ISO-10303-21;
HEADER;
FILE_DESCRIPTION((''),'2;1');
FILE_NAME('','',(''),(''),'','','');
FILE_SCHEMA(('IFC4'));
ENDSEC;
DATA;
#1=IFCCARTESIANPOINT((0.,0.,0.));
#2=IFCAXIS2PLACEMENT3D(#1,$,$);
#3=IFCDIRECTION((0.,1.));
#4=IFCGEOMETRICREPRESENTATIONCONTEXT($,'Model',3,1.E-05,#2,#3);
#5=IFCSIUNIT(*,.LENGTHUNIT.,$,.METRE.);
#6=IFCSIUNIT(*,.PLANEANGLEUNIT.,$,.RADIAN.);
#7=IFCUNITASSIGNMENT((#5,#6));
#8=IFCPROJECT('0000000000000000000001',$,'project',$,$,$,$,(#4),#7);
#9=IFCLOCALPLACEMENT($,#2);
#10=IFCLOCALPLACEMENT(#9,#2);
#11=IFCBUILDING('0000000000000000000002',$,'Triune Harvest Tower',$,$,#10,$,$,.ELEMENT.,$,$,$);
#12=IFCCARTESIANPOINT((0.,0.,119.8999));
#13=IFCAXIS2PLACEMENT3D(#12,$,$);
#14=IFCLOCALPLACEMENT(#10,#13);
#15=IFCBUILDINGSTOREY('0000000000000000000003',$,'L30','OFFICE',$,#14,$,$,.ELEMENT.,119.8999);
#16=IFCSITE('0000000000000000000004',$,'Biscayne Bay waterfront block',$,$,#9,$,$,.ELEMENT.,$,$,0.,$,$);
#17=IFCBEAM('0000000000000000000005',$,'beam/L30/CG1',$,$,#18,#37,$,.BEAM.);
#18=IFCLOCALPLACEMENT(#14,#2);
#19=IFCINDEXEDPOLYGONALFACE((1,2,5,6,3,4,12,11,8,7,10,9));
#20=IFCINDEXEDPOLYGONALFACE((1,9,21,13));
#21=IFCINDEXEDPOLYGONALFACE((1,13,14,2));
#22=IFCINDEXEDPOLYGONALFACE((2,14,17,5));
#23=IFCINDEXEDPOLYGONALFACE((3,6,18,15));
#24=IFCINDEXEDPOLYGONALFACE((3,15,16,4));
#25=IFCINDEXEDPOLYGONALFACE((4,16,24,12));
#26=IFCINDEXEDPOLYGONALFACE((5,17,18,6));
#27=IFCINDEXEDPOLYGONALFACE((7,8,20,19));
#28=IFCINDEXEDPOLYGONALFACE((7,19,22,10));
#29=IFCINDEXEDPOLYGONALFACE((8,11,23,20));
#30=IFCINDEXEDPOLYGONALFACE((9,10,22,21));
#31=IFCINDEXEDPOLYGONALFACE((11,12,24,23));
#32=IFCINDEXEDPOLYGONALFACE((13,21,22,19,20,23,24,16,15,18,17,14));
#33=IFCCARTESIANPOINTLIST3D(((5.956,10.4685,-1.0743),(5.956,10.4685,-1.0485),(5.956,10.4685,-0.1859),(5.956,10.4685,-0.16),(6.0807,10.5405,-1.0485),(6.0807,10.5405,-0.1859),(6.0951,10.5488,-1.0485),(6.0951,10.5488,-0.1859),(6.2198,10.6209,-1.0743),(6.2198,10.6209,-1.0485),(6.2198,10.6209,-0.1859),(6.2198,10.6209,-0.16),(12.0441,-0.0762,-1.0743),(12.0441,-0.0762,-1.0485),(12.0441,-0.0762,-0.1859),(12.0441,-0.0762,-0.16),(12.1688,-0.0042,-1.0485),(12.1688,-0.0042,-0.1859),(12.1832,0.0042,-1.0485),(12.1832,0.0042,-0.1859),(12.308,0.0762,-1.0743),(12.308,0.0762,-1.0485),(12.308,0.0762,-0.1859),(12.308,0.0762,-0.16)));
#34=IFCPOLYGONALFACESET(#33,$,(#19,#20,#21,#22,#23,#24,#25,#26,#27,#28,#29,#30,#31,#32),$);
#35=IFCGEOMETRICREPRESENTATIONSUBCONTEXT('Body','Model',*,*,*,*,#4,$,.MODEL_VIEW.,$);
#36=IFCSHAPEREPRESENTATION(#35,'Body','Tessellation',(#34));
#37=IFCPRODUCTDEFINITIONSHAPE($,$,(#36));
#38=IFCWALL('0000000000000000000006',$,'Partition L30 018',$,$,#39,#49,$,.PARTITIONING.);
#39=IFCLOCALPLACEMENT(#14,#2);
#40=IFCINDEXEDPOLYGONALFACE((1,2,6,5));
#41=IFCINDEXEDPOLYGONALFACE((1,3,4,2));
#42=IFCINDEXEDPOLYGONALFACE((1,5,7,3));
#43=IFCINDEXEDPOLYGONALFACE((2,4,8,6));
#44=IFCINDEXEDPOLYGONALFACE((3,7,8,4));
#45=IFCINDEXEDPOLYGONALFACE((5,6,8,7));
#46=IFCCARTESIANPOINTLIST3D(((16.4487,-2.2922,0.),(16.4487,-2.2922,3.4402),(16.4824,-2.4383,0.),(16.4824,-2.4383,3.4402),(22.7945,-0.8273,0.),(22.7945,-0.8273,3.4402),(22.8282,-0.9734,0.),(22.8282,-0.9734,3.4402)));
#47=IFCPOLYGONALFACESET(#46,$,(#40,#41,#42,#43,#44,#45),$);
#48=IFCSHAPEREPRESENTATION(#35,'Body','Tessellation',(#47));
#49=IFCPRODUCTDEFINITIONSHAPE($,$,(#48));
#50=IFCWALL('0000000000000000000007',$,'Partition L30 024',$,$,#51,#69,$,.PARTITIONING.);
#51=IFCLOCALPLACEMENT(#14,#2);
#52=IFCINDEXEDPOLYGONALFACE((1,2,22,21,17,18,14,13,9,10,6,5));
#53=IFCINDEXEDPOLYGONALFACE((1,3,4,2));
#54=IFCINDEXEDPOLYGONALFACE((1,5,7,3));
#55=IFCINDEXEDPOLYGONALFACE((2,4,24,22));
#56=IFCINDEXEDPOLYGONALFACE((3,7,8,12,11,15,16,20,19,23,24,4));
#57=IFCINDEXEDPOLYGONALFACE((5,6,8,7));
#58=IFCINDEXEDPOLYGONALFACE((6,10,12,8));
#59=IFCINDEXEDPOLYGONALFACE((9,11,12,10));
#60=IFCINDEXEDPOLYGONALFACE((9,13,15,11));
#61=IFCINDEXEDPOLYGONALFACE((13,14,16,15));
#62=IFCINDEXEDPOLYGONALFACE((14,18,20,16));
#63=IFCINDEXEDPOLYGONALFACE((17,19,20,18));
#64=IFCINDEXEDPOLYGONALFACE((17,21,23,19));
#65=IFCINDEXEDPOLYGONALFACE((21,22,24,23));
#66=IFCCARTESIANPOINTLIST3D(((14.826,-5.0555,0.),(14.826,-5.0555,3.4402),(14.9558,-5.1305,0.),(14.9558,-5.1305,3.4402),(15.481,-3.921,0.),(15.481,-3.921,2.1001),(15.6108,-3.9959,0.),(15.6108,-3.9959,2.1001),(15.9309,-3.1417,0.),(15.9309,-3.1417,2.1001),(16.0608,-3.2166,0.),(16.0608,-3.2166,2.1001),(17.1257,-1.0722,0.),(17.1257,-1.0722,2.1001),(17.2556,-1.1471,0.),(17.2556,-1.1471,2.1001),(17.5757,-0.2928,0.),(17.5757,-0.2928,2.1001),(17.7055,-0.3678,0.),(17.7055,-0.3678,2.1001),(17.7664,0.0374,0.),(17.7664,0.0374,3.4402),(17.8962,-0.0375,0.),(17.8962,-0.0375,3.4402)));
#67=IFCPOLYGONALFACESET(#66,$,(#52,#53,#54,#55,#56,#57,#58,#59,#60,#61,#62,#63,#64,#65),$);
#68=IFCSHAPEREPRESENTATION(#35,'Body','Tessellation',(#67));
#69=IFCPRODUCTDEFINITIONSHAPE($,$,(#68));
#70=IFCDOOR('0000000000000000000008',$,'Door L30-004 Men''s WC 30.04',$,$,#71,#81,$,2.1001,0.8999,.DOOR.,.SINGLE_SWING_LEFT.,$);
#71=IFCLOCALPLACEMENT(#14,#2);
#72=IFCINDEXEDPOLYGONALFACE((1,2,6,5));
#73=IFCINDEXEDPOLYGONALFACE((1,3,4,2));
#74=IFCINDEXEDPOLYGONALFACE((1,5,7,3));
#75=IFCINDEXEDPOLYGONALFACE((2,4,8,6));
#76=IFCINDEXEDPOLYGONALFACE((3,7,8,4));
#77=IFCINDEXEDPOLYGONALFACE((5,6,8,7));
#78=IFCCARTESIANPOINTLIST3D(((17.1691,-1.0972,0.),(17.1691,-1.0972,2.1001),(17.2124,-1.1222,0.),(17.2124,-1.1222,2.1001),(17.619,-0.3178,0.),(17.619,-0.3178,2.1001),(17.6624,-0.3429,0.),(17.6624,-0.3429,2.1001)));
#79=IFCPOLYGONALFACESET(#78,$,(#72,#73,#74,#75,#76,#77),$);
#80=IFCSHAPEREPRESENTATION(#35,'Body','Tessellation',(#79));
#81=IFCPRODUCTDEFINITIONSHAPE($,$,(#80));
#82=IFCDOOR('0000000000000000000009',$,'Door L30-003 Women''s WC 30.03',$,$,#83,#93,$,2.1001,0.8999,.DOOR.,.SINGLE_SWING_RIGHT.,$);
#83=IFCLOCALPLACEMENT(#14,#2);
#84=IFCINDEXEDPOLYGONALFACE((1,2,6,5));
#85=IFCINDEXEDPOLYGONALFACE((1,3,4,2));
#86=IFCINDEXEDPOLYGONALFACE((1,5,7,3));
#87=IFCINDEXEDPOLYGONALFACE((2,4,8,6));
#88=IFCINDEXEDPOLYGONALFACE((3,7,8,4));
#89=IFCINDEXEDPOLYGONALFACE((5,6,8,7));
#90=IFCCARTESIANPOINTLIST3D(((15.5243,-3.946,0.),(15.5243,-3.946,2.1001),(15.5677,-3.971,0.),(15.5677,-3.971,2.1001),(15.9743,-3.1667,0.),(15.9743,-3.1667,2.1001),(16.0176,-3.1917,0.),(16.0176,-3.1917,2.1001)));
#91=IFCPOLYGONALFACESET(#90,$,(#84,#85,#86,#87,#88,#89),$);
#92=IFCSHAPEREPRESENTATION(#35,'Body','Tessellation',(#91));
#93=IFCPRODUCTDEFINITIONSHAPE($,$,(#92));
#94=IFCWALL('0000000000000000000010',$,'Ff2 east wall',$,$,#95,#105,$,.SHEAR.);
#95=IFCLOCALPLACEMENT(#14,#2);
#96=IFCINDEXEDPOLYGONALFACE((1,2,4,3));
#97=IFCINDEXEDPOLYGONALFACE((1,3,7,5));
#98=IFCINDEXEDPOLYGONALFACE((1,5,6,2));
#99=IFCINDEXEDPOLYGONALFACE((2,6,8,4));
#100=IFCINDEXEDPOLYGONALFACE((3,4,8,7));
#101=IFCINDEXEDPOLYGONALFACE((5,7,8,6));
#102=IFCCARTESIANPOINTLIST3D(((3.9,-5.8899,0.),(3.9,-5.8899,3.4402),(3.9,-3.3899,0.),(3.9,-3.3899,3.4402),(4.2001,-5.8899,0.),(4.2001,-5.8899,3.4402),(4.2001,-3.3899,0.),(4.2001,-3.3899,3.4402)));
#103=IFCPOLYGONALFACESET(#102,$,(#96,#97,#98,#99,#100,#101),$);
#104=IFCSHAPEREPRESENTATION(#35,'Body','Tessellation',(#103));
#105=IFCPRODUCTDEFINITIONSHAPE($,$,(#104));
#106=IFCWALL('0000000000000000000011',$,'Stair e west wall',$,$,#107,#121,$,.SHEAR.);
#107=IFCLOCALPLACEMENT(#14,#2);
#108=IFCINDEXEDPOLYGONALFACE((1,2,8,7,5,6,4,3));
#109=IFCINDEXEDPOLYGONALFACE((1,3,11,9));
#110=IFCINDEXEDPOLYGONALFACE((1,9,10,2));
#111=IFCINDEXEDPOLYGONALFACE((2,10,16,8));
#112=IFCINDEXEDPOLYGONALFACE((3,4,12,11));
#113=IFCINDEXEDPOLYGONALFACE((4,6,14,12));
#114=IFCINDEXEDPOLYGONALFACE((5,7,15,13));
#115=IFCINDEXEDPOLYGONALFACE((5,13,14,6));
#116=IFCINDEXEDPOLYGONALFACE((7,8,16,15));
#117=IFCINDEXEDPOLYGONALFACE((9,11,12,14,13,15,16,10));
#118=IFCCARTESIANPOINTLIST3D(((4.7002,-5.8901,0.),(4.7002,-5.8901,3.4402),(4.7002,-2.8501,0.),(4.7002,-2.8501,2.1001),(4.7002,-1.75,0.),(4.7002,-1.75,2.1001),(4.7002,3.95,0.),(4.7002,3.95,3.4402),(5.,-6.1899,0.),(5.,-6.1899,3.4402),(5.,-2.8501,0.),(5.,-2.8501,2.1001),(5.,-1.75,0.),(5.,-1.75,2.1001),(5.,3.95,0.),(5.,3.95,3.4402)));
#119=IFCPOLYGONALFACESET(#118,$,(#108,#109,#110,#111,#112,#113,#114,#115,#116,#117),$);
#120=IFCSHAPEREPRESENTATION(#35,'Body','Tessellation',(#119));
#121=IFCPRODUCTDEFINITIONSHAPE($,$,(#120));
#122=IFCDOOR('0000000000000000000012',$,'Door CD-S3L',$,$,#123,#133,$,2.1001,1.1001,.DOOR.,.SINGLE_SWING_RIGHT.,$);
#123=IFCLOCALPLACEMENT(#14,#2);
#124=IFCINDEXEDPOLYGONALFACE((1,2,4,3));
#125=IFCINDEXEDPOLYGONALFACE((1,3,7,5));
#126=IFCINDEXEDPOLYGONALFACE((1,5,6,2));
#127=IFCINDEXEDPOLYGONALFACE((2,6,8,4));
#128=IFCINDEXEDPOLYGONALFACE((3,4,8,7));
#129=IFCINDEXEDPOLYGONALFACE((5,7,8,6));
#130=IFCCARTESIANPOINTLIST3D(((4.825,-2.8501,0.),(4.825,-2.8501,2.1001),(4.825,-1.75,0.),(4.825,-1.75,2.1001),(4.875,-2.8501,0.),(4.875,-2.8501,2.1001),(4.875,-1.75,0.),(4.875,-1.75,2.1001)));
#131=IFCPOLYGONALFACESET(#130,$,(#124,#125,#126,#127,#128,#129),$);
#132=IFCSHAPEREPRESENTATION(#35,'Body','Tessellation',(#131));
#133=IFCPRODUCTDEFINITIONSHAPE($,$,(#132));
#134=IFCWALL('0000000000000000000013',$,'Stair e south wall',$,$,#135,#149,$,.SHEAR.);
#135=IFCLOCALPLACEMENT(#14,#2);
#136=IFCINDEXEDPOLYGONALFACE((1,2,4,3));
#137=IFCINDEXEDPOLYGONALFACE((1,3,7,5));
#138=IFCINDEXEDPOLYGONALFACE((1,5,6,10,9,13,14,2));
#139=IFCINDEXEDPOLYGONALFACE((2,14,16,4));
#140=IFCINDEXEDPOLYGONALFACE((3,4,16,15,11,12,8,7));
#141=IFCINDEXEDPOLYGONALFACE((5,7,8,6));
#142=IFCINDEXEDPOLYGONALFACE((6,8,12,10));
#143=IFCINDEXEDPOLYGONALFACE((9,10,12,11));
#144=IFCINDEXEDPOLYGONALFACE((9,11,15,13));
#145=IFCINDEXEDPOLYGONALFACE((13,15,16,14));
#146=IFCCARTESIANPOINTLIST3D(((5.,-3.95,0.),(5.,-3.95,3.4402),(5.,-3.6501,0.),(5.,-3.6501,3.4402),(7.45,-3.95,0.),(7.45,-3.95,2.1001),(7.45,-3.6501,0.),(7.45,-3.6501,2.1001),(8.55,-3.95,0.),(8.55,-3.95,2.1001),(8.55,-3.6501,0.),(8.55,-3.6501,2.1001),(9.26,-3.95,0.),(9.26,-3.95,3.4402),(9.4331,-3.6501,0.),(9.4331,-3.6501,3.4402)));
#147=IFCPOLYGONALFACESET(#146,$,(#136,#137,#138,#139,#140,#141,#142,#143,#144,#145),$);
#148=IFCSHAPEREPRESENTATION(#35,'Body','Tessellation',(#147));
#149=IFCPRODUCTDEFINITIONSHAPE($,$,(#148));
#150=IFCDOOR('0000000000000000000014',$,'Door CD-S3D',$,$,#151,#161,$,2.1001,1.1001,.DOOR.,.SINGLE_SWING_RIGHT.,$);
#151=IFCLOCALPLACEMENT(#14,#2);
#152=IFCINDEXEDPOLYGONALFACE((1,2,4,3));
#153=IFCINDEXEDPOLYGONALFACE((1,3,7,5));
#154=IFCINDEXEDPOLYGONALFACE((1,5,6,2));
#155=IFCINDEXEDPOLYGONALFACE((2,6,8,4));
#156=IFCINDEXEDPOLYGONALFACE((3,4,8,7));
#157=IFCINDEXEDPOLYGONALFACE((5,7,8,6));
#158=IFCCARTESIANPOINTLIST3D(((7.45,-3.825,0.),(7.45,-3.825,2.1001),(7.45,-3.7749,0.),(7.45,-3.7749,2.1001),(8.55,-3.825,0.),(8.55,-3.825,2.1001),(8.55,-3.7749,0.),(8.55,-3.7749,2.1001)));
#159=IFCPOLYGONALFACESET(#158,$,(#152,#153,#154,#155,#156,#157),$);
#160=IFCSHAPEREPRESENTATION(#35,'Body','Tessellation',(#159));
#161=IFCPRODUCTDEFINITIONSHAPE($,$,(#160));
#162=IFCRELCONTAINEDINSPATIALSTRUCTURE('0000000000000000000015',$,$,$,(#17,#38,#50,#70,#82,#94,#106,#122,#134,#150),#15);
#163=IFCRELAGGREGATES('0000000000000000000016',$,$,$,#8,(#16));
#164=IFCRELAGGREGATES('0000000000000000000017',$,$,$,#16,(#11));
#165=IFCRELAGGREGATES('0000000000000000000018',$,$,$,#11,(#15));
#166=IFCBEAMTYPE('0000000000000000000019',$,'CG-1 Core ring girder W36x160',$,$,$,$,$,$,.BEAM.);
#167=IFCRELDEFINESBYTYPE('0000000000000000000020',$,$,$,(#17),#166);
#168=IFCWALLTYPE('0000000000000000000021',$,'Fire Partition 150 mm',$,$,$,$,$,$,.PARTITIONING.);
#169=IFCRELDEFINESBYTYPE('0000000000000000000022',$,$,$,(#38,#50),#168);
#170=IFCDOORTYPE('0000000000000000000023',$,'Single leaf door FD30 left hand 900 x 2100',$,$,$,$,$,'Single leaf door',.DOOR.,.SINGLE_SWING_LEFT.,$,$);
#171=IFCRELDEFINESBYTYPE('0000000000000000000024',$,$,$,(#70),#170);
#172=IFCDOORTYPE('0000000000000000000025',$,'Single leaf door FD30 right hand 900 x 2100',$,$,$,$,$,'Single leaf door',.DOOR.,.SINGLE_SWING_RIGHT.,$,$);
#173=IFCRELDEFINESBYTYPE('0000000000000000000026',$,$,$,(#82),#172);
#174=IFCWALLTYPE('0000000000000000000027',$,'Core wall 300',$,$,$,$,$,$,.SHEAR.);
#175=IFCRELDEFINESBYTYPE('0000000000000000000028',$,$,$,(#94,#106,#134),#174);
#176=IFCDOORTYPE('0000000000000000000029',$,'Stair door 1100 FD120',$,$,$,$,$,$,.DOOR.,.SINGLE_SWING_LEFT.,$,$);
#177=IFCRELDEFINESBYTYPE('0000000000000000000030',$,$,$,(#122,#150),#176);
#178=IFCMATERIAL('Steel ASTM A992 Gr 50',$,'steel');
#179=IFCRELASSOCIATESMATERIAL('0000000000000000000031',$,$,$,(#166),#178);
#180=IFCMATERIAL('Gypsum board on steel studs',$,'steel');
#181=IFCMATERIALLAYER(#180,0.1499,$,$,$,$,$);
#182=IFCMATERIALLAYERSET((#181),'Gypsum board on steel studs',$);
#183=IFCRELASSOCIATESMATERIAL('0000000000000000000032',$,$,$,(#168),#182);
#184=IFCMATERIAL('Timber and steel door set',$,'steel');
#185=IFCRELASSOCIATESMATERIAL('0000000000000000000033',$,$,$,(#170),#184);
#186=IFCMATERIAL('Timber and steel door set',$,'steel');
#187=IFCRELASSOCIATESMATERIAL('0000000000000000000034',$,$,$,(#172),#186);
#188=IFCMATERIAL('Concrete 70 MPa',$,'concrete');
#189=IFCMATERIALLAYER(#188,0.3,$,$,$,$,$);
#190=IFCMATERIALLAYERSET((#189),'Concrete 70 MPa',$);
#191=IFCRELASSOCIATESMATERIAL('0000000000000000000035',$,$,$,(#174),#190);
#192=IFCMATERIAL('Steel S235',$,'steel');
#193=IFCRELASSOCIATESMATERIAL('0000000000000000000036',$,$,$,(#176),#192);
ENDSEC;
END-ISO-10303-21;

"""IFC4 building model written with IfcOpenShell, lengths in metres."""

from ifc_helpers import new_model, si_unit, direction, frame, frame_2d, origin, origin_2d, place, context, subcontext, project, spatial, polyline, rectangle, i_section, outline, extrude, source, transform, mapped, material, layer, layer_set, material_profile, profile_set, type_object, element, fill, save


model = new_model("IFC4")

# Units and contexts
model_context = context("Model", 3, precision=1e-05, world=origin(), true_north=direction((0.0, 1.0)))
body_context = subcontext(model_context, "Body", "Model", "MODEL_VIEW")
ifc_project = project(units=[si_unit("LENGTHUNIT", "METRE"), si_unit("PLANEANGLEUNIT", "RADIAN")], contexts=[model_context])

# Site, building, storey
site_placement = place(None, origin())
site = spatial("IfcSite", under=ifc_project, at=site_placement, Name="Biscayne Bay waterfront block", CompositionType="ELEMENT", RefElevation=0.0)
building_placement = place(site_placement, origin())
building = spatial("IfcBuilding", under=site, at=building_placement, Name="Triune Harvest Tower", CompositionType="ELEMENT")
storey_placement = place(building_placement, frame((0.0, 0.0, 119.8999)))
storey = spatial("IfcBuildingStorey", under=building, at=storey_placement, Name="L30", Description="OFFICE", CompositionType="ELEMENT", Elevation=119.8999)

# Beam
ifc_material_1 = material(Name="Steel ASTM A992 Gr 50", Category="steel")
ifc_material_profile = material_profile(ifc_material_1, i_section(OverallWidth=0.3047, OverallDepth=0.9143, WebThickness=0.0166, FlangeThickness=0.0259, at=origin_2d()), Name="W36x160")
ifc_profile_set = profile_set([ifc_material_profile], Name="Steel ASTM A992 Gr 50")
beam_type = type_object("IfcBeamType", Name="CG-1 Core ring girder W36x160", PredefinedType="BEAM", material=ifc_profile_set)
shared_shape_1 = source(origin(), body_context, "Body", "SweptSolid", [
    extrude(i_section(OverallWidth=0.3047, OverallDepth=0.9143, WebThickness=0.0166, FlangeThickness=0.0259, at=origin_2d()), origin(), (0.0, 0.0, 1.0), 12.176),
])
beam_placement = place(storey_placement, frame((12.176, 0.0, -0.6172), z_axis=(-0.50001, 0.86602, 0.0), x_axis=(-0.86602, -0.50001, 0.0)))
element("IfcBeam", 1, at=beam_placement, inside=storey, type_object=beam_type, Name="beam/L30/CG1", PredefinedType="BEAM", context=body_context, shape_type="MappedRepresentation", body=[
    mapped(shared_shape_1, transform((0.0, 0.0, 0.0), scale=1.0)),
])

# Wall
ifc_material_2 = material(Name="Gypsum board on steel studs", Category="steel")
ifc_layer_1 = layer(ifc_material_2, 0.1499)
ifc_layer_set_1 = layer_set([ifc_layer_1], Name="Gypsum board on steel studs")
wall_type_1 = type_object("IfcWallType", Name="Fire Partition 150 mm", PredefinedType="PARTITIONING", material=ifc_layer_set_1)
wall_1_placement = place(storey_placement, frame((16.4656, -2.3652, 0.0), z_axis=(0.0, 0.0, 1.0), x_axis=(0.974376, 0.224925, 0.0)))
element("IfcWall", 2, at=wall_1_placement, inside=storey, type_object=wall_type_1, Name="Partition L30 018", PredefinedType="PARTITIONING", context=body_context, shape_type="SweptSolid", body=[
    extrude(rectangle(XDim=6.5127, YDim=0.1499, at=frame_2d((3.2563, 0.0))), origin(), (0.0, 0.0, 1.0), 3.4402),
])

# Wall, openings, doors
wall_2_placement = place(storey_placement, frame((14.8909, -5.093, 0.0), z_axis=(0.0, 0.0, 1.0), x_axis=(0.499997, 0.866027, 0.0)))
wall_2 = element("IfcWall", 3, at=wall_2_placement, inside=storey, type_object=wall_type_1, Name="Partition L30 024", PredefinedType="PARTITIONING", context=body_context, shape_type="SweptSolid", body=[
    extrude(rectangle(XDim=5.8809, YDim=0.1499, at=frame_2d((2.9404, 0.0))), origin(), (0.0, 0.0, 1.0), 3.4402),
])
opening_1_placement = place(wall_2_placement, frame((1.3101, 0.0, 0.0)))
opening_1 = element("IfcOpeningElement", 4, at=opening_1_placement, cuts=wall_2, PredefinedType="OPENING", context=body_context, shape_type="SweptSolid", body=[
    extrude(rectangle(XDim=0.8999, YDim=2.1001, at=frame_2d((0.45, 1.05))), frame((0.0, 0.085, 0.0), z_axis=(0.0, -1.0, 0.0), x_axis=(1.0, 0.0, 0.0)), (0.0, 0.0, 1.0), 0.1699),
])
opening_2_placement = place(wall_2_placement, frame((4.5996, 0.0, 0.0)))
opening_2 = element("IfcOpeningElement", 5, at=opening_2_placement, cuts=wall_2, PredefinedType="OPENING", context=body_context, shape_type="SweptSolid", body=[
    extrude(rectangle(XDim=0.8999, YDim=2.1001, at=frame_2d((0.45, 1.05))), frame((0.0, 0.085, 0.0), z_axis=(0.0, -1.0, 0.0), x_axis=(1.0, 0.0, 0.0)), (0.0, 0.0, 1.0), 0.1699),
])
ifc_material_3 = material(Name="Timber and steel door set", Category="steel")
door_type_1 = type_object("IfcDoorType", Name="Single leaf door FD30 left hand 900 x 2100", ElementType="Single leaf door", OperationType="SINGLE_SWING_LEFT", PredefinedType="DOOR", material=ifc_material_3)
door_1_placement = place(opening_2_placement, origin())
door_1 = element("IfcDoor", 6, at=door_1_placement, inside=storey, type_object=door_type_1, Name="Door L30-004 Men's WC 30.04", OperationType="SINGLE_SWING_LEFT", OverallHeight=2.1001, OverallWidth=0.8999, PredefinedType="DOOR", context=body_context, shape_type="SweptSolid", body=[
    extrude(rectangle(XDim=0.8999, YDim=2.1001, at=frame_2d((0.45, 1.05))), frame((0.0, 0.0249, 0.0), z_axis=(0.0, -1.0, 0.0), x_axis=(1.0, 0.0, 0.0)), (0.0, 0.0, 1.0), 0.05),
])
fill(opening_2, door_1)
ifc_material_4 = material(Name="Timber and steel door set", Category="steel")
door_type_2 = type_object("IfcDoorType", Name="Single leaf door FD30 right hand 900 x 2100", ElementType="Single leaf door", OperationType="SINGLE_SWING_RIGHT", PredefinedType="DOOR", material=ifc_material_4)
door_2_placement = place(opening_1_placement, origin())
door_2 = element("IfcDoor", 7, at=door_2_placement, inside=storey, type_object=door_type_2, Name="Door L30-003 Women's WC 30.03", OperationType="SINGLE_SWING_RIGHT", OverallHeight=2.1001, OverallWidth=0.8999, PredefinedType="DOOR", context=body_context, shape_type="SweptSolid", body=[
    extrude(rectangle(XDim=0.8999, YDim=2.1001, at=frame_2d((0.45, 1.05))), frame((0.0, 0.0249, 0.0), z_axis=(0.0, -1.0, 0.0), x_axis=(1.0, 0.0, 0.0)), (0.0, 0.0, 1.0), 0.05),
])
fill(opening_1, door_2)

# Wall
ifc_material_5 = material(Name="Concrete 70 MPa", Category="concrete")
ifc_layer_2 = layer(ifc_material_5, 0.3)
ifc_layer_set_2 = layer_set([ifc_layer_2], Name="Concrete 70 MPa")
wall_type_2 = type_object("IfcWallType", Name="Core wall 300", PredefinedType="SHEAR", material=ifc_layer_set_2)
shared_shape_2 = source(origin(), body_context, "Body", "SweptSolid", [
    extrude(rectangle(XDim=2.5, YDim=0.3, at=frame_2d((1.25, 0.0))), origin(), (0.0, 0.0, 1.0), 3.4402),
])
wall_3_placement = place(storey_placement, frame((4.05, -5.8899, 0.0), z_axis=(0.0, 0.0, 1.0), x_axis=(0.0, 1.0, 0.0)))
element("IfcWall", 8, at=wall_3_placement, inside=storey, type_object=wall_type_2, Name="Ff2 east wall", PredefinedType="SHEAR", context=body_context, shape_type="MappedRepresentation", body=[
    mapped(shared_shape_2, transform((0.0, 0.0, 0.0), scale=1.0)),
])

# Walls, openings, doors
shared_shape_3 = source(origin(), body_context, "Body", "SweptSolid", [
    extrude(outline(polyline([(-0.1499, -0.1499), (9.99, -0.1499), (9.99, 0.1499), (0.1499, 0.1499), (-0.1499, -0.1499)])), origin(), (0.0, 0.0, 1.0), 3.4402),
])
wall_4_placement = place(storey_placement, frame((4.8501, -6.04, 0.0), z_axis=(0.0, 0.0, 1.0), x_axis=(0.0, 1.0, 0.0)))
wall_4 = element("IfcWall", 9, at=wall_4_placement, inside=storey, type_object=wall_type_2, Name="Stair e west wall", PredefinedType="SHEAR", context=body_context, shape_type="MappedRepresentation", body=[
    mapped(shared_shape_3, transform((0.0, 0.0, 0.0), scale=1.0)),
])
opening_3_placement = place(wall_4_placement, frame((3.1899, 0.0, 0.0)))
opening_3 = element("IfcOpeningElement", 10, at=opening_3_placement, cuts=wall_4, PredefinedType="OPENING", context=body_context, shape_type="SweptSolid", body=[
    extrude(rectangle(XDim=1.1001, YDim=2.1001, at=frame_2d((0.55, 1.05))), frame((0.0, 0.1602, 0.0), z_axis=(0.0, -1.0, 0.0), x_axis=(1.0, 0.0, 0.0)), (0.0, 0.0, 1.0), 0.3201),
])
ifc_material_6 = material(Name="Steel S235", Category="steel")
door_type_3 = type_object("IfcDoorType", Name="Stair door 1100 FD120", OperationType="SINGLE_SWING_LEFT", PredefinedType="DOOR", material=ifc_material_6)
door_3_placement = place(opening_3_placement, frame((1.1001, 0.0, 0.0), z_axis=(0.0, 0.0, 1.0), x_axis=(-1.0, 0.0, 0.0)))
door_3 = element("IfcDoor", 11, at=door_3_placement, inside=storey, type_object=door_type_3, Name="Door CD-S3L", OperationType="SINGLE_SWING_RIGHT", OverallHeight=2.1001, OverallWidth=1.1001, PredefinedType="DOOR", context=body_context, shape_type="SweptSolid", body=[
    extrude(rectangle(XDim=1.1001, YDim=2.1001, at=frame_2d((0.55, 1.05))), frame((0.0, 0.0249, 0.0), z_axis=(0.0, -1.0, 0.0), x_axis=(1.0, 0.0, 0.0)), (0.0, 0.0, 1.0), 0.05),
])
fill(opening_3, door_3)
shared_shape_4 = source(origin(), body_context, "Body", "SweptSolid", [
    extrude(outline(polyline([(0.0, -0.1499), (0.0, 0.1499), (4.4331, 0.1499), (4.26, -0.1499), (0.0, -0.1499)])), origin(), (0.0, 0.0, 1.0), 3.4402),
])
wall_5_placement = place(storey_placement, frame((5.0, -3.8, 0.0), z_axis=(0.0, 0.0, 1.0), x_axis=(1.0, 0.0, 0.0)))
wall_5 = element("IfcWall", 12, at=wall_5_placement, inside=storey, type_object=wall_type_2, Name="Stair e south wall", PredefinedType="SHEAR", context=body_context, shape_type="MappedRepresentation", body=[
    mapped(shared_shape_4, transform((0.0, 0.0, 0.0), scale=1.0)),
])
opening_4_placement = place(wall_5_placement, frame((2.45, 0.0, 0.0)))
opening_4 = element("IfcOpeningElement", 13, at=opening_4_placement, cuts=wall_5, PredefinedType="OPENING", context=body_context, shape_type="SweptSolid", body=[
    extrude(rectangle(XDim=1.1001, YDim=2.1001, at=frame_2d((0.55, 1.05))), frame((0.0, 0.1602, 0.0), z_axis=(0.0, -1.0, 0.0), x_axis=(1.0, 0.0, 0.0)), (0.0, 0.0, 1.0), 0.3201),
])
door_4_placement = place(opening_4_placement, frame((1.1001, 0.0, 0.0), z_axis=(0.0, 0.0, 1.0), x_axis=(-1.0, 0.0, 0.0)))
door_4 = element("IfcDoor", 14, at=door_4_placement, inside=storey, type_object=door_type_3, Name="Door CD-S3D", OperationType="SINGLE_SWING_RIGHT", OverallHeight=2.1001, OverallWidth=1.1001, PredefinedType="DOOR", context=body_context, shape_type="SweptSolid", body=[
    extrude(rectangle(XDim=1.1001, YDim=2.1001, at=frame_2d((0.55, 1.05))), frame((0.0, 0.0249, 0.0), z_axis=(0.0, -1.0, 0.0), x_axis=(1.0, 0.0, 0.0)), (0.0, 0.0, 1.0), 0.05),
])
fill(opening_4, door_4)

save(model, "model.ifc")
